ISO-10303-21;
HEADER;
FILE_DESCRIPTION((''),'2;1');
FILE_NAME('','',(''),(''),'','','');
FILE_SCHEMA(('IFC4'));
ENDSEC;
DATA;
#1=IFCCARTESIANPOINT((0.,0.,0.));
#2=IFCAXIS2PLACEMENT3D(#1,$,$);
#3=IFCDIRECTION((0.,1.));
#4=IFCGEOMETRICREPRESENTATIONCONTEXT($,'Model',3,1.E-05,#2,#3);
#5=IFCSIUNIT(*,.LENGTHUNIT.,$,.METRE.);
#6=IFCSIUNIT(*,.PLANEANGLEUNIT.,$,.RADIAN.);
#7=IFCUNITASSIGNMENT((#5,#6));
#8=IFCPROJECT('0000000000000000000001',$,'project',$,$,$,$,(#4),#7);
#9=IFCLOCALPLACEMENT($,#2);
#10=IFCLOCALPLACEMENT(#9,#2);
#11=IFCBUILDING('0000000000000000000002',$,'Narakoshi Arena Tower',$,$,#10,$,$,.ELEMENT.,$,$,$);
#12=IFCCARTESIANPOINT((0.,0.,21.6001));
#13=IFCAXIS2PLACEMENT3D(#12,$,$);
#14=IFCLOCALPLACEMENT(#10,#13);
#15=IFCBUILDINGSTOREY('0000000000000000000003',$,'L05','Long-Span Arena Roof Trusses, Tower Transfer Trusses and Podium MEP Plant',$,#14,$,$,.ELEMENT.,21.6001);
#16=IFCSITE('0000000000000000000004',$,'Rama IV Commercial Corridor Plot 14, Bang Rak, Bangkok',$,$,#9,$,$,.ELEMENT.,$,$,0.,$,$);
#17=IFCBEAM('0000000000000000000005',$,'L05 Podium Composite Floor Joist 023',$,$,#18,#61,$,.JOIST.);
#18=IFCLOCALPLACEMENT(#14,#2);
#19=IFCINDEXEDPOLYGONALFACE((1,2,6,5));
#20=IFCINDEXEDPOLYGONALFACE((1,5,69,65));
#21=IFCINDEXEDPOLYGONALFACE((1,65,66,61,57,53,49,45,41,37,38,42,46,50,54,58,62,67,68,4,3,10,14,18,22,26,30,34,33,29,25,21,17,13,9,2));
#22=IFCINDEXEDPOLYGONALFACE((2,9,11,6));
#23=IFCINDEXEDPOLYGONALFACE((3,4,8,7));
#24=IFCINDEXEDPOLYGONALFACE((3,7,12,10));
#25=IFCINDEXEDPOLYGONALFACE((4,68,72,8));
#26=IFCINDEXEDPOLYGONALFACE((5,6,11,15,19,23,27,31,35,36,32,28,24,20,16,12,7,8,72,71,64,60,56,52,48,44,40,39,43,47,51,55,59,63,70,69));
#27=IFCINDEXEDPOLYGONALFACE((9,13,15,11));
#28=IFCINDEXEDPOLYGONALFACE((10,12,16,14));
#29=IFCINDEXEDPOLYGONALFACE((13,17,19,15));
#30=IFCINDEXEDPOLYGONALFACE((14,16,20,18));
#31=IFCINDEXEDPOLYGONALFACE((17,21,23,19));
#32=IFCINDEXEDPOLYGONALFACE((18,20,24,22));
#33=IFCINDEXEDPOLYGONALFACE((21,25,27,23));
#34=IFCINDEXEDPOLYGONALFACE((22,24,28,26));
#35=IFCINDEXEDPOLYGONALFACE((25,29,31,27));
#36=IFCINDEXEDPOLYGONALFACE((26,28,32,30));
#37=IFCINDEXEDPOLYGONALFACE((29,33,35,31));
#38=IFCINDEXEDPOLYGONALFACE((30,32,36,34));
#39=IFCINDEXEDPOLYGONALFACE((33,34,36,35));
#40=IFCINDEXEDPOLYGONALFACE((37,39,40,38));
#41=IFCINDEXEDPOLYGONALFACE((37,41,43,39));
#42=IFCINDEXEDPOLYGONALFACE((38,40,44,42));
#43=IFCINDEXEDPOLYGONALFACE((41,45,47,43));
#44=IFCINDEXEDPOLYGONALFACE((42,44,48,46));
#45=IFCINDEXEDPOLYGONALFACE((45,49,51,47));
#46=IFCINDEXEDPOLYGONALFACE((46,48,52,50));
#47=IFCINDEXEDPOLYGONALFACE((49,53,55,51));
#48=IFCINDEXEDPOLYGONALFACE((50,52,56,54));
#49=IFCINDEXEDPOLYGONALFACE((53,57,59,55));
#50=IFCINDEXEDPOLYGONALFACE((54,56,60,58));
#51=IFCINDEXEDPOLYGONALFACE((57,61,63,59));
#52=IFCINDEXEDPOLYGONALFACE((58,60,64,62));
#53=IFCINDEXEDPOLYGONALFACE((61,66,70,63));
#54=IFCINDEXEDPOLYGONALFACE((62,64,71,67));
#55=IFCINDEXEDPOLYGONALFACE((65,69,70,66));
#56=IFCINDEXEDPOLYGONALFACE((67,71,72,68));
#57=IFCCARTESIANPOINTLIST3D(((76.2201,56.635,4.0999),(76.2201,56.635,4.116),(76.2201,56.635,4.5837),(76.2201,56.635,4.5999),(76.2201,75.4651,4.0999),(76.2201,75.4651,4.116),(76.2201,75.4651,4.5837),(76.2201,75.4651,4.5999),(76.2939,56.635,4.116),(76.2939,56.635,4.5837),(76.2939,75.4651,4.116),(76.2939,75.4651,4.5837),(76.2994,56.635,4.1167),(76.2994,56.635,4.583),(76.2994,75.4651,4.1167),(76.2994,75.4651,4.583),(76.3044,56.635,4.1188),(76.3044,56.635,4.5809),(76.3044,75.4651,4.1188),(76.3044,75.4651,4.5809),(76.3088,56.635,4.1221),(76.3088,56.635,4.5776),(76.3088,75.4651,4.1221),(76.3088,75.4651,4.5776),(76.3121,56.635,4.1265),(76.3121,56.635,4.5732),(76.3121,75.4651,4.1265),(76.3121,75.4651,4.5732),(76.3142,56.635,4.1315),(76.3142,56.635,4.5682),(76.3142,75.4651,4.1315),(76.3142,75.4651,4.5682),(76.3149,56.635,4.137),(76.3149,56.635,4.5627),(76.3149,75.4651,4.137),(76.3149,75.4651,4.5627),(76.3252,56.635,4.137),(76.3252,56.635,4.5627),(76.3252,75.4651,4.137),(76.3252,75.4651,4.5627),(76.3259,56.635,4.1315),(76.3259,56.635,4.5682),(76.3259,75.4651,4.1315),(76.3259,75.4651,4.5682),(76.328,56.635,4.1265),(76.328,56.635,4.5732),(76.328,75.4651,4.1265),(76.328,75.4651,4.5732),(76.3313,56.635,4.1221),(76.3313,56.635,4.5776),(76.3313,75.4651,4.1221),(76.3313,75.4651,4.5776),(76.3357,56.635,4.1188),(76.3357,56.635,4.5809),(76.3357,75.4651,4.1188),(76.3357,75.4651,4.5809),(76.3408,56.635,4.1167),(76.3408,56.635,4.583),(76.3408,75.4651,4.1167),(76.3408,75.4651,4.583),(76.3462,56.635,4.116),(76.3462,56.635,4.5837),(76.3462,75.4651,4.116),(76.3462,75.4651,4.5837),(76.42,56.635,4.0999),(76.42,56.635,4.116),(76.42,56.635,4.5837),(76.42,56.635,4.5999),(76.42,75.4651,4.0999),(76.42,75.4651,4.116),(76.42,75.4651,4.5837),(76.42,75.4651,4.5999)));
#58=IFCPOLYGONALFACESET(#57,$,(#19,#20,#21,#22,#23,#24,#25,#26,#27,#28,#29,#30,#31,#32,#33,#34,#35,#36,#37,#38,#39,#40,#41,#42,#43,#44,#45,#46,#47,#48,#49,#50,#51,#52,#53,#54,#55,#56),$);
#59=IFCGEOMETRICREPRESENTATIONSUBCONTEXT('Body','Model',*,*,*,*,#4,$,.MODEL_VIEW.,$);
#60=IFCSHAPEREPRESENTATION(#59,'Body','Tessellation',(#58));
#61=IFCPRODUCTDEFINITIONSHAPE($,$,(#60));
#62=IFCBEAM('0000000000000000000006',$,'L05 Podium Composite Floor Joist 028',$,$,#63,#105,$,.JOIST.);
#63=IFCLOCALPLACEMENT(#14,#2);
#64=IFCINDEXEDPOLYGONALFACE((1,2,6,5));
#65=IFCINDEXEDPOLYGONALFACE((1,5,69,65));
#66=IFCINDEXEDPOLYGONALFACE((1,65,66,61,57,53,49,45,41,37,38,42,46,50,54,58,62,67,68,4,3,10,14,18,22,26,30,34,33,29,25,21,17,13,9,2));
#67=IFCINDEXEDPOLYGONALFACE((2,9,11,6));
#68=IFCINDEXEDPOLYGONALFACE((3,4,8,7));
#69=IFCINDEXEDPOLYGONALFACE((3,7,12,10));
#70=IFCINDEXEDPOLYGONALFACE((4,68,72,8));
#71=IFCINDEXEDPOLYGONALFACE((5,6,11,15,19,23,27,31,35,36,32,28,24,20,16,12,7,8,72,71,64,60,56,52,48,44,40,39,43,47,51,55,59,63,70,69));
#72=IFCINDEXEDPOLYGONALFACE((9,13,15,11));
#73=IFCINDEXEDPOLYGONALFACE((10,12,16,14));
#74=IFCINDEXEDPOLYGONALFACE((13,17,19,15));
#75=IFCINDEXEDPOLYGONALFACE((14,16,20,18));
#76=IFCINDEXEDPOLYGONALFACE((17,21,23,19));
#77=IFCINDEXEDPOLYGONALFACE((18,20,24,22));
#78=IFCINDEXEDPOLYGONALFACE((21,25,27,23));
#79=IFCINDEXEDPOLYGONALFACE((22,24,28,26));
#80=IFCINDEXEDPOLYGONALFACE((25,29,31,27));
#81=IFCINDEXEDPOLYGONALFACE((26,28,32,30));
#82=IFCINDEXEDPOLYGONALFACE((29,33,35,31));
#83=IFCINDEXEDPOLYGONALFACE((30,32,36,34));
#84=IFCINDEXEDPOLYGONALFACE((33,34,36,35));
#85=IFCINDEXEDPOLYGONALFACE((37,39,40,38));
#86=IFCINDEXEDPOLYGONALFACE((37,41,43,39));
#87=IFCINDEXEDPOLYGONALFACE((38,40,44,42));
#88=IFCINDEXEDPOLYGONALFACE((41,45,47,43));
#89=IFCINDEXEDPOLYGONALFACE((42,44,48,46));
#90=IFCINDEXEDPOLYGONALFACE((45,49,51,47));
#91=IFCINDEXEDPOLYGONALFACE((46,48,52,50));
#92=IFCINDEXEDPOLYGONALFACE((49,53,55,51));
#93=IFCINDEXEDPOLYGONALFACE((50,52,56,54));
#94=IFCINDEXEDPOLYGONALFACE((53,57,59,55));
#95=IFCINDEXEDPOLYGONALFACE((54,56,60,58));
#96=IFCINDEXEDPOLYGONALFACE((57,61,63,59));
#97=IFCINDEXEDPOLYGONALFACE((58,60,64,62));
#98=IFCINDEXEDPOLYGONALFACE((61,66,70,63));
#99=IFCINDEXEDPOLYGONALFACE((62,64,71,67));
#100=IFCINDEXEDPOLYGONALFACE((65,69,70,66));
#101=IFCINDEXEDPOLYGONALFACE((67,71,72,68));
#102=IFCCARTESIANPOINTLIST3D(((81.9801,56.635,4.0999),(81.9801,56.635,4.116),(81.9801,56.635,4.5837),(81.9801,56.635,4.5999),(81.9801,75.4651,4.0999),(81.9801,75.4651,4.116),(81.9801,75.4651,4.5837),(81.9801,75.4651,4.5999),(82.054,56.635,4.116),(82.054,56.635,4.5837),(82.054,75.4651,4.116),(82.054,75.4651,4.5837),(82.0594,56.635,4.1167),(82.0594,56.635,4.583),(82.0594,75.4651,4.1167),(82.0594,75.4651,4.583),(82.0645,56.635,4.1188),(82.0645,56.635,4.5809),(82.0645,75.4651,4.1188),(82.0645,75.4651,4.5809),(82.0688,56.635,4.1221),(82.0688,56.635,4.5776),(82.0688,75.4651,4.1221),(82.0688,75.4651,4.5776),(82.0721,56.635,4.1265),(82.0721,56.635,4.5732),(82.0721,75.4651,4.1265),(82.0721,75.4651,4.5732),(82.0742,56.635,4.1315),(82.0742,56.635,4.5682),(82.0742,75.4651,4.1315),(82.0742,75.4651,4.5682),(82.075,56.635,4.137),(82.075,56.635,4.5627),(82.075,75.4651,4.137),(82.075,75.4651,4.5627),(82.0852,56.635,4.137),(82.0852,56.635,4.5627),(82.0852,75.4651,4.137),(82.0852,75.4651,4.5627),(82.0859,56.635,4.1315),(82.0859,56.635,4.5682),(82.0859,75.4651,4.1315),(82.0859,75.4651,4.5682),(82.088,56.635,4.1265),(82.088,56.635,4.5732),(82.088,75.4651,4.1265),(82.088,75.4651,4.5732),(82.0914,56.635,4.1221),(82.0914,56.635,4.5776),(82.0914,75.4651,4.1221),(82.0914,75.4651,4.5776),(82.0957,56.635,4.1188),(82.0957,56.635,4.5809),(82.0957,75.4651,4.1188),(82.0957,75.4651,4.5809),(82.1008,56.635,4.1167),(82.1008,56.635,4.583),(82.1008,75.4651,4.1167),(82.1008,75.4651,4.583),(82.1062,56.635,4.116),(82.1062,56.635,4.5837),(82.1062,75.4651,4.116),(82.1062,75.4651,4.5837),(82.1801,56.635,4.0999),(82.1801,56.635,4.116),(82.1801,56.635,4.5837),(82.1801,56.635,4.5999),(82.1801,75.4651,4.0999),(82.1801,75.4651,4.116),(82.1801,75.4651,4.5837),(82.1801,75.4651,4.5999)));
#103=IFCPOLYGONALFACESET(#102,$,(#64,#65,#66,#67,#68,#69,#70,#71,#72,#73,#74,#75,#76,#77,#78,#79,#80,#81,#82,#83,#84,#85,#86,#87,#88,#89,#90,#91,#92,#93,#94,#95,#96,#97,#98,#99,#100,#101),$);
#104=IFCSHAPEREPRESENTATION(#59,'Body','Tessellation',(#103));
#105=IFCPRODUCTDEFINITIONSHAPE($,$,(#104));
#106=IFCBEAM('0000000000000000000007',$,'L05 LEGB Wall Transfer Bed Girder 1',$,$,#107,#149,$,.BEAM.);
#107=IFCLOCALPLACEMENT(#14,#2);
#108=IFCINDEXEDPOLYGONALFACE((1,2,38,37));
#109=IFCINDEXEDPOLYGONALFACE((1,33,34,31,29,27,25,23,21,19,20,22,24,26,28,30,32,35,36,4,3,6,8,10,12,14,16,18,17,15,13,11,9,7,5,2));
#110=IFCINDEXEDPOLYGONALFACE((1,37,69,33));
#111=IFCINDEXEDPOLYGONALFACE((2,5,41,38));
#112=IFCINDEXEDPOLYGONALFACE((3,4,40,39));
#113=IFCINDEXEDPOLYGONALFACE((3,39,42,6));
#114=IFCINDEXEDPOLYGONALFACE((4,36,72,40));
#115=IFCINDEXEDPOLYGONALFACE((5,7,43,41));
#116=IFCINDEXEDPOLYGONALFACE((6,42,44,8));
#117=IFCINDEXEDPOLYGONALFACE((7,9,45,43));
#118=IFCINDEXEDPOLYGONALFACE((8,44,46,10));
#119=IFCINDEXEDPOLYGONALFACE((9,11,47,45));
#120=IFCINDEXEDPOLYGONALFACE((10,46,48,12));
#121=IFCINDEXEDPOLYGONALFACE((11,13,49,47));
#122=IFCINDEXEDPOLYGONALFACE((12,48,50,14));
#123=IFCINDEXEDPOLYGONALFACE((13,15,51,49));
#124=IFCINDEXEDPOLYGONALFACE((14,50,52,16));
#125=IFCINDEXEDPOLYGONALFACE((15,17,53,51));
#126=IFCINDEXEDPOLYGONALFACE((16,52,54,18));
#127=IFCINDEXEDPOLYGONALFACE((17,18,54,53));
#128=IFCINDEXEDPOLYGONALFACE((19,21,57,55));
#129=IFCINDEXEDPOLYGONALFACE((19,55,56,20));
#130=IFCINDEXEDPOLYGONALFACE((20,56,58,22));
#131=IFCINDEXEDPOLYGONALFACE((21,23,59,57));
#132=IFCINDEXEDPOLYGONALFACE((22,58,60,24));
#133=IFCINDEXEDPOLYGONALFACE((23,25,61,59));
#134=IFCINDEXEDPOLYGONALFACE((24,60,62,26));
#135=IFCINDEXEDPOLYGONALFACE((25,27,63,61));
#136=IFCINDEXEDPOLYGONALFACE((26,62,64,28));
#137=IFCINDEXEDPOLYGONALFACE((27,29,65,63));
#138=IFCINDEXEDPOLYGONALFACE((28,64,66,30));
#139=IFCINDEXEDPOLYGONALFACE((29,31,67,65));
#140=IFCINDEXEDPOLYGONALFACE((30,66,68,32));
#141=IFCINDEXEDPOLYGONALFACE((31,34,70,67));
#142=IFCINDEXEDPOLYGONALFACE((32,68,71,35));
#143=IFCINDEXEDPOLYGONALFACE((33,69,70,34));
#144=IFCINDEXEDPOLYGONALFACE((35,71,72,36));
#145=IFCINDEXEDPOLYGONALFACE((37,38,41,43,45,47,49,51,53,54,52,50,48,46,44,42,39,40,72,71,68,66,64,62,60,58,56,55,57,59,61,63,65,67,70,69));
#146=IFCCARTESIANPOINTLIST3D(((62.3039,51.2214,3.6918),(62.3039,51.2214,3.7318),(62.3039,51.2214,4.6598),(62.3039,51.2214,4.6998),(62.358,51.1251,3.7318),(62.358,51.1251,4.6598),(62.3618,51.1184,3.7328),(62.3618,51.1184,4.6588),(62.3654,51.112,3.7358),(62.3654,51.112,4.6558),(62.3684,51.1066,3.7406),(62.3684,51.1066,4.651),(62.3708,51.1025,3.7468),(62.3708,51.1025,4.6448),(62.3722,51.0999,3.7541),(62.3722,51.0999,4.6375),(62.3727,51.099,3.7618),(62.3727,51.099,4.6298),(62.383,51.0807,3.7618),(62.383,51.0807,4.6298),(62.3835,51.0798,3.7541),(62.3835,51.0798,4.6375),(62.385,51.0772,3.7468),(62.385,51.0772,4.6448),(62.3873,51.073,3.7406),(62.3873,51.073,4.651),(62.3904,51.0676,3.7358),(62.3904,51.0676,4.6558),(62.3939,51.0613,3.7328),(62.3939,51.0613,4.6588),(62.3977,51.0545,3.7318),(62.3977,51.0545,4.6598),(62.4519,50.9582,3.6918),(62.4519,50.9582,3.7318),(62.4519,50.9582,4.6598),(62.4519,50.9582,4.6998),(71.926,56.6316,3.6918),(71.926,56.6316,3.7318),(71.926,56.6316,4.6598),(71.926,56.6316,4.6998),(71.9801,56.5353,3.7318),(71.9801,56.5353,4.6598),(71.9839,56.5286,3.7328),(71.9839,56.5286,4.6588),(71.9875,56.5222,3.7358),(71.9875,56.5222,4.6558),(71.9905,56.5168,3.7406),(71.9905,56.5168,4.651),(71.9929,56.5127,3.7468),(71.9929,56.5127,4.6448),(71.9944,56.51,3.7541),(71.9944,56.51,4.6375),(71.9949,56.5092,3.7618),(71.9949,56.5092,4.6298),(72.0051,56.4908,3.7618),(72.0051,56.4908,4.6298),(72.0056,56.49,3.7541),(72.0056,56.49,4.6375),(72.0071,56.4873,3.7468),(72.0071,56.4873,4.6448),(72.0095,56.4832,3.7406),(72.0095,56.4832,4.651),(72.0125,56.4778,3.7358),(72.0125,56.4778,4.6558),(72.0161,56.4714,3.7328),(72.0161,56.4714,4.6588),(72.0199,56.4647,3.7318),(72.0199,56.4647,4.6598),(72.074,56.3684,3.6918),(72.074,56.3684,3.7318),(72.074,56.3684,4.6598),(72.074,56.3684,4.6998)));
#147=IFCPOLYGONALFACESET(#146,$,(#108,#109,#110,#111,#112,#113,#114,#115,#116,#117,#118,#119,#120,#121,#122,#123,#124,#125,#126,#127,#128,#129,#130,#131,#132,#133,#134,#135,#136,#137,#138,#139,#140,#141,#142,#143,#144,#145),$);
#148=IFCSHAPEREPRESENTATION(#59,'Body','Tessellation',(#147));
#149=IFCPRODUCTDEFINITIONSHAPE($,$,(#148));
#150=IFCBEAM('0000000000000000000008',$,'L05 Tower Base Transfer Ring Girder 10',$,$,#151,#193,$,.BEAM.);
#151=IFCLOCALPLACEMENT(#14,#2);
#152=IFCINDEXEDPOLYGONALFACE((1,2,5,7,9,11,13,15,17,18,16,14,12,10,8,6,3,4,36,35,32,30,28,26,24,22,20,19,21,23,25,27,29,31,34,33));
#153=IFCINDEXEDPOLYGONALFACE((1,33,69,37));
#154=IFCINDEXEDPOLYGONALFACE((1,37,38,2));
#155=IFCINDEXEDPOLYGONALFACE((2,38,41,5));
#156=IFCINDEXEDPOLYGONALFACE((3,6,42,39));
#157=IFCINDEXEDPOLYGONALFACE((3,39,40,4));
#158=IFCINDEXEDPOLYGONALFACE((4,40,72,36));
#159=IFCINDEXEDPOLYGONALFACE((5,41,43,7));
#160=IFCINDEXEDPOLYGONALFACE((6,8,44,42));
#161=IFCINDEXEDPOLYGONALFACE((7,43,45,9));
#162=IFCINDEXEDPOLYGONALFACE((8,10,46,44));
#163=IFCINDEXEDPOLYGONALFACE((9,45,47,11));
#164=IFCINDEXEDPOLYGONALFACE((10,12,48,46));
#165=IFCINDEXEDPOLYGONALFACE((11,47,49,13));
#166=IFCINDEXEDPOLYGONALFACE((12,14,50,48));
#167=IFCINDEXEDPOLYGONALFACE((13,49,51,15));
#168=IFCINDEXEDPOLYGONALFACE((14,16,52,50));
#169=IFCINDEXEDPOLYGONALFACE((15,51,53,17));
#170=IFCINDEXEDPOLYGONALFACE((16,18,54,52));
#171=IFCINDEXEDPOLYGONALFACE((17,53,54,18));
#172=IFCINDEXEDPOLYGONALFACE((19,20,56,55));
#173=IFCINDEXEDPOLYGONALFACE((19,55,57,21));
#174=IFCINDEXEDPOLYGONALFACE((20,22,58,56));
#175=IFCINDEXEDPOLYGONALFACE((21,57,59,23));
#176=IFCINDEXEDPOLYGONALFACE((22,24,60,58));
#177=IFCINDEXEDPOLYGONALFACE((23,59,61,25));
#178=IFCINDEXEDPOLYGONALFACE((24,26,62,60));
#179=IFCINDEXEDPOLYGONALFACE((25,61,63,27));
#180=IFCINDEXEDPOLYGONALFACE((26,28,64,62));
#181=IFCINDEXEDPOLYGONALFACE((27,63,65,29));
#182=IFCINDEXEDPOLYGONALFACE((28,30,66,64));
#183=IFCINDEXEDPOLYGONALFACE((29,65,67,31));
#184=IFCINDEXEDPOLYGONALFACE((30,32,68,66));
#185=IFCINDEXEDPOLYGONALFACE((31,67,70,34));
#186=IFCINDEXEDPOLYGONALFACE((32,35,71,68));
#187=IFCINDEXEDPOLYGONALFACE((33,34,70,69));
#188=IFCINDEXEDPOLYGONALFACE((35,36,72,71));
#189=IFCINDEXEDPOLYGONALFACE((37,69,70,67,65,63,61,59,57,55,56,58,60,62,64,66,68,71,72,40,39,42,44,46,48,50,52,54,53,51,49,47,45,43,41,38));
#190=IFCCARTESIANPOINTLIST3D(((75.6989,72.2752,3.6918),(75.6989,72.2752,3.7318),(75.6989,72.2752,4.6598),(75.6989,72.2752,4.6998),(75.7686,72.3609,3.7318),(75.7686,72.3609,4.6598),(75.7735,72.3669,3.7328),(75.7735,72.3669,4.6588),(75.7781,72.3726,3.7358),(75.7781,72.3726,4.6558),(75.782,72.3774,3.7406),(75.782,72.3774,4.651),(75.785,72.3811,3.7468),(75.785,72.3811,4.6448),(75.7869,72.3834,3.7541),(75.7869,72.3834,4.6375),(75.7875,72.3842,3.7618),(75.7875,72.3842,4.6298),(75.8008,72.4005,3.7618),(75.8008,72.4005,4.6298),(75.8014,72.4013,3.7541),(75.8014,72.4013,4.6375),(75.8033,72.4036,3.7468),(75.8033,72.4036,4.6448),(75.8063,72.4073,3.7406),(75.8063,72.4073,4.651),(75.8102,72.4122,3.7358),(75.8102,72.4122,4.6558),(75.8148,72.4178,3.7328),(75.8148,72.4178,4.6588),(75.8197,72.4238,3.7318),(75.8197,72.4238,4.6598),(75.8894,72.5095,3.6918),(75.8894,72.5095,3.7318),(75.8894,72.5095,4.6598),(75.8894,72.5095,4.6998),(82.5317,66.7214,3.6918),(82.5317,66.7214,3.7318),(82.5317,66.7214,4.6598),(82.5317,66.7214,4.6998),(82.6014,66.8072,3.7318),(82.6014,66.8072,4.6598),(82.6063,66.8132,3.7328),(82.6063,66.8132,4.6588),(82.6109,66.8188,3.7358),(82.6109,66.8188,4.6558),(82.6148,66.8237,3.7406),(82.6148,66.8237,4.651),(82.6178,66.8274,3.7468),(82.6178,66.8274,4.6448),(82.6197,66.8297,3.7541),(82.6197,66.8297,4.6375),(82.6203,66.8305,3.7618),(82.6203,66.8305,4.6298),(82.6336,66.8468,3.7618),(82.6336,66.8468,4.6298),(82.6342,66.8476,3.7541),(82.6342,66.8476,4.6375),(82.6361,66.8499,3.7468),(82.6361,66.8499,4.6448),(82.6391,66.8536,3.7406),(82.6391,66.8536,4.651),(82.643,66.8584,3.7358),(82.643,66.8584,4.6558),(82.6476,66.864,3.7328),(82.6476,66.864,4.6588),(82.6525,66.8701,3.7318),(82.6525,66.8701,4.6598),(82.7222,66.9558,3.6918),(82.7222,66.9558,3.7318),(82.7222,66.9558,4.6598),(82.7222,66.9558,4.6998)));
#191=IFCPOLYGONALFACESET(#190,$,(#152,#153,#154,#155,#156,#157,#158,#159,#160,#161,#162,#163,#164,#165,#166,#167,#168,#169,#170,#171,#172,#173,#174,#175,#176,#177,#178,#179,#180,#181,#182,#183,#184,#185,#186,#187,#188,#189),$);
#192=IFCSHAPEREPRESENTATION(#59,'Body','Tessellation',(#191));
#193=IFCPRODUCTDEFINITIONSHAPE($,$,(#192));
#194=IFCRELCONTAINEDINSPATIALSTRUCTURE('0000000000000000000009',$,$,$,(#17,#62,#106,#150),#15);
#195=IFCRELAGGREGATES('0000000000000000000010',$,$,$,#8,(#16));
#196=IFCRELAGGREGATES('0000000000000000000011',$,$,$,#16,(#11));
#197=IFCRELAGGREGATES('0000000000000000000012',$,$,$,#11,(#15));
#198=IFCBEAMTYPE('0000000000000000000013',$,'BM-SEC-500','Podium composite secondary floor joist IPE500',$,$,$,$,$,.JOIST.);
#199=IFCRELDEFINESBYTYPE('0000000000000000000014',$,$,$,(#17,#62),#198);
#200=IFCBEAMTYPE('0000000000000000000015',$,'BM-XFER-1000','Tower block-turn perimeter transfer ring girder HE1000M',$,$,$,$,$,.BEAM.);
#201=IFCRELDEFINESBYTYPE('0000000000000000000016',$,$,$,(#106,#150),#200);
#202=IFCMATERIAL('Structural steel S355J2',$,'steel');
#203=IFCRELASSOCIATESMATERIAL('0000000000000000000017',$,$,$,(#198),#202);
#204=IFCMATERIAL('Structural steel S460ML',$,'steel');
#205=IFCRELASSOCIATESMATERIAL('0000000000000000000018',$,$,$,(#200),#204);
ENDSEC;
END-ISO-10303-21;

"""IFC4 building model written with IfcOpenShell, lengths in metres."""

from ifc_helpers import new_model, si_unit, direction, frame, origin, origin_2d, place, context, subcontext, project, spatial, i_section, extrude, material, material_profile, profile_set, type_object, element, save


model = new_model("IFC4")

# Units and contexts
model_context = context("Model", 3, precision=1e-05, world=origin(), true_north=direction((0.0, 1.0)))
body_context = subcontext(model_context, "Body", "Model", "MODEL_VIEW")
ifc_project = project(units=[si_unit("LENGTHUNIT", "METRE"), si_unit("PLANEANGLEUNIT", "RADIAN")], contexts=[model_context])

# Site, building, storey
site_placement = place(None, origin())
site = spatial("IfcSite", under=ifc_project, at=site_placement, Name="Rama IV Commercial Corridor Plot 14, Bang Rak, Bangkok", CompositionType="ELEMENT", RefElevation=0.0)
building_placement = place(site_placement, origin())
building = spatial("IfcBuilding", under=site, at=building_placement, Name="Narakoshi Arena Tower", CompositionType="ELEMENT")
storey_placement = place(building_placement, frame((0.0, 0.0, 21.6001)))
storey = spatial("IfcBuildingStorey", under=building, at=storey_placement, Name="L05", Description="Long-Span Arena Roof Trusses, Tower Transfer Trusses and Podium MEP Plant", CompositionType="ELEMENT", Elevation=21.6001)

# Shared definitions
ifc_material_1 = material(Name="Structural steel S355J2", Category="steel")

# Beams
ifc_material_2 = material(Name="Structural steel S460ML", Category="steel")
ifc_material_profile_1 = material_profile(ifc_material_1, i_section(OverallWidth=0.2, OverallDepth=0.5, WebThickness=0.0103, FlangeThickness=0.0161, FilletRadius=0.021, at=origin_2d()), Name="IPE500")
ifc_profile_set_1 = profile_set([ifc_material_profile_1], Name="Structural steel S355J2")
beam_type_1 = type_object("IfcBeamType", Name="BM-SEC-500", Description="Podium composite secondary floor joist IPE500", PredefinedType="JOIST", material=ifc_profile_set_1)
for number, where, z_axis, x_axis, name in (
    (1, (76.3201, 56.635, 4.3499), (0.0, 1.0, 0.0), (-1.0, 0.0, 0.0), "L05 Podium Composite Floor Joist 023"),
    (2, (82.0801, 56.635, 4.3499), (0.0, 1.0, 0.0), (-1.0, 0.0, 0.0), "L05 Podium Composite Floor Joist 028"),
):
    element("IfcBeam", number, at=place(storey_placement, frame(where, z_axis=z_axis, x_axis=x_axis)), inside=storey, type_object=beam_type_1, Name=name, PredefinedType="JOIST", context=body_context, shape_type="SweptSolid", body=[
        extrude(i_section(OverallWidth=0.2, OverallDepth=0.5, WebThickness=0.0103, FlangeThickness=0.0161, FilletRadius=0.021, at=origin_2d()), origin(), (0.0, 0.0, 1.0), 18.8301),
    ])
ifc_material_profile_2 = material_profile(ifc_material_2, i_section(OverallWidth=0.302, OverallDepth=1.0081, WebThickness=0.021, FlangeThickness=0.04, FilletRadius=0.03, at=origin_2d()), Name="HE1000M")
ifc_profile_set_2 = profile_set([ifc_material_profile_2], Name="Structural steel S460ML")
beam_type_2 = type_object("IfcBeamType", Name="BM-XFER-1000", Description="Tower block-turn perimeter transfer ring girder HE1000M", PredefinedType="BEAM", material=ifc_profile_set_2)
beam_1_placement = place(storey_placement, frame((72.0, 56.5, 4.1958), z_axis=(-0.871663, -0.490106, 0.0), x_axis=(0.490106, -0.871663, 0.0)))
element("IfcBeam", 3, at=beam_1_placement, inside=storey, type_object=beam_type_2, Name="L05 LEGB Wall Transfer Bed Girder 1", PredefinedType="BEAM", context=body_context, shape_type="SweptSolid", body=[
    extrude(i_section(OverallWidth=0.302, OverallDepth=1.0081, WebThickness=0.021, FlangeThickness=0.04, FilletRadius=0.03, at=origin_2d()), origin(), (0.0, 0.0, 1.0), 11.0388),
])
beam_2_placement = place(storey_placement, frame((82.627, 66.8386, 4.1958), z_axis=(-0.775998, 0.630736, 0.0), x_axis=(-0.630736, -0.775998, 0.0)))
element("IfcBeam", 4, at=beam_2_placement, inside=storey, type_object=beam_type_2, Name="L05 Tower Base Transfer Ring Girder 10", PredefinedType="BEAM", context=body_context, shape_type="SweptSolid", body=[
    extrude(i_section(OverallWidth=0.302, OverallDepth=1.0081, WebThickness=0.021, FlangeThickness=0.04, FilletRadius=0.03, at=origin_2d()), origin(), (0.0, 0.0, 1.0), 8.8052),
])

save(model, "model.ifc")
